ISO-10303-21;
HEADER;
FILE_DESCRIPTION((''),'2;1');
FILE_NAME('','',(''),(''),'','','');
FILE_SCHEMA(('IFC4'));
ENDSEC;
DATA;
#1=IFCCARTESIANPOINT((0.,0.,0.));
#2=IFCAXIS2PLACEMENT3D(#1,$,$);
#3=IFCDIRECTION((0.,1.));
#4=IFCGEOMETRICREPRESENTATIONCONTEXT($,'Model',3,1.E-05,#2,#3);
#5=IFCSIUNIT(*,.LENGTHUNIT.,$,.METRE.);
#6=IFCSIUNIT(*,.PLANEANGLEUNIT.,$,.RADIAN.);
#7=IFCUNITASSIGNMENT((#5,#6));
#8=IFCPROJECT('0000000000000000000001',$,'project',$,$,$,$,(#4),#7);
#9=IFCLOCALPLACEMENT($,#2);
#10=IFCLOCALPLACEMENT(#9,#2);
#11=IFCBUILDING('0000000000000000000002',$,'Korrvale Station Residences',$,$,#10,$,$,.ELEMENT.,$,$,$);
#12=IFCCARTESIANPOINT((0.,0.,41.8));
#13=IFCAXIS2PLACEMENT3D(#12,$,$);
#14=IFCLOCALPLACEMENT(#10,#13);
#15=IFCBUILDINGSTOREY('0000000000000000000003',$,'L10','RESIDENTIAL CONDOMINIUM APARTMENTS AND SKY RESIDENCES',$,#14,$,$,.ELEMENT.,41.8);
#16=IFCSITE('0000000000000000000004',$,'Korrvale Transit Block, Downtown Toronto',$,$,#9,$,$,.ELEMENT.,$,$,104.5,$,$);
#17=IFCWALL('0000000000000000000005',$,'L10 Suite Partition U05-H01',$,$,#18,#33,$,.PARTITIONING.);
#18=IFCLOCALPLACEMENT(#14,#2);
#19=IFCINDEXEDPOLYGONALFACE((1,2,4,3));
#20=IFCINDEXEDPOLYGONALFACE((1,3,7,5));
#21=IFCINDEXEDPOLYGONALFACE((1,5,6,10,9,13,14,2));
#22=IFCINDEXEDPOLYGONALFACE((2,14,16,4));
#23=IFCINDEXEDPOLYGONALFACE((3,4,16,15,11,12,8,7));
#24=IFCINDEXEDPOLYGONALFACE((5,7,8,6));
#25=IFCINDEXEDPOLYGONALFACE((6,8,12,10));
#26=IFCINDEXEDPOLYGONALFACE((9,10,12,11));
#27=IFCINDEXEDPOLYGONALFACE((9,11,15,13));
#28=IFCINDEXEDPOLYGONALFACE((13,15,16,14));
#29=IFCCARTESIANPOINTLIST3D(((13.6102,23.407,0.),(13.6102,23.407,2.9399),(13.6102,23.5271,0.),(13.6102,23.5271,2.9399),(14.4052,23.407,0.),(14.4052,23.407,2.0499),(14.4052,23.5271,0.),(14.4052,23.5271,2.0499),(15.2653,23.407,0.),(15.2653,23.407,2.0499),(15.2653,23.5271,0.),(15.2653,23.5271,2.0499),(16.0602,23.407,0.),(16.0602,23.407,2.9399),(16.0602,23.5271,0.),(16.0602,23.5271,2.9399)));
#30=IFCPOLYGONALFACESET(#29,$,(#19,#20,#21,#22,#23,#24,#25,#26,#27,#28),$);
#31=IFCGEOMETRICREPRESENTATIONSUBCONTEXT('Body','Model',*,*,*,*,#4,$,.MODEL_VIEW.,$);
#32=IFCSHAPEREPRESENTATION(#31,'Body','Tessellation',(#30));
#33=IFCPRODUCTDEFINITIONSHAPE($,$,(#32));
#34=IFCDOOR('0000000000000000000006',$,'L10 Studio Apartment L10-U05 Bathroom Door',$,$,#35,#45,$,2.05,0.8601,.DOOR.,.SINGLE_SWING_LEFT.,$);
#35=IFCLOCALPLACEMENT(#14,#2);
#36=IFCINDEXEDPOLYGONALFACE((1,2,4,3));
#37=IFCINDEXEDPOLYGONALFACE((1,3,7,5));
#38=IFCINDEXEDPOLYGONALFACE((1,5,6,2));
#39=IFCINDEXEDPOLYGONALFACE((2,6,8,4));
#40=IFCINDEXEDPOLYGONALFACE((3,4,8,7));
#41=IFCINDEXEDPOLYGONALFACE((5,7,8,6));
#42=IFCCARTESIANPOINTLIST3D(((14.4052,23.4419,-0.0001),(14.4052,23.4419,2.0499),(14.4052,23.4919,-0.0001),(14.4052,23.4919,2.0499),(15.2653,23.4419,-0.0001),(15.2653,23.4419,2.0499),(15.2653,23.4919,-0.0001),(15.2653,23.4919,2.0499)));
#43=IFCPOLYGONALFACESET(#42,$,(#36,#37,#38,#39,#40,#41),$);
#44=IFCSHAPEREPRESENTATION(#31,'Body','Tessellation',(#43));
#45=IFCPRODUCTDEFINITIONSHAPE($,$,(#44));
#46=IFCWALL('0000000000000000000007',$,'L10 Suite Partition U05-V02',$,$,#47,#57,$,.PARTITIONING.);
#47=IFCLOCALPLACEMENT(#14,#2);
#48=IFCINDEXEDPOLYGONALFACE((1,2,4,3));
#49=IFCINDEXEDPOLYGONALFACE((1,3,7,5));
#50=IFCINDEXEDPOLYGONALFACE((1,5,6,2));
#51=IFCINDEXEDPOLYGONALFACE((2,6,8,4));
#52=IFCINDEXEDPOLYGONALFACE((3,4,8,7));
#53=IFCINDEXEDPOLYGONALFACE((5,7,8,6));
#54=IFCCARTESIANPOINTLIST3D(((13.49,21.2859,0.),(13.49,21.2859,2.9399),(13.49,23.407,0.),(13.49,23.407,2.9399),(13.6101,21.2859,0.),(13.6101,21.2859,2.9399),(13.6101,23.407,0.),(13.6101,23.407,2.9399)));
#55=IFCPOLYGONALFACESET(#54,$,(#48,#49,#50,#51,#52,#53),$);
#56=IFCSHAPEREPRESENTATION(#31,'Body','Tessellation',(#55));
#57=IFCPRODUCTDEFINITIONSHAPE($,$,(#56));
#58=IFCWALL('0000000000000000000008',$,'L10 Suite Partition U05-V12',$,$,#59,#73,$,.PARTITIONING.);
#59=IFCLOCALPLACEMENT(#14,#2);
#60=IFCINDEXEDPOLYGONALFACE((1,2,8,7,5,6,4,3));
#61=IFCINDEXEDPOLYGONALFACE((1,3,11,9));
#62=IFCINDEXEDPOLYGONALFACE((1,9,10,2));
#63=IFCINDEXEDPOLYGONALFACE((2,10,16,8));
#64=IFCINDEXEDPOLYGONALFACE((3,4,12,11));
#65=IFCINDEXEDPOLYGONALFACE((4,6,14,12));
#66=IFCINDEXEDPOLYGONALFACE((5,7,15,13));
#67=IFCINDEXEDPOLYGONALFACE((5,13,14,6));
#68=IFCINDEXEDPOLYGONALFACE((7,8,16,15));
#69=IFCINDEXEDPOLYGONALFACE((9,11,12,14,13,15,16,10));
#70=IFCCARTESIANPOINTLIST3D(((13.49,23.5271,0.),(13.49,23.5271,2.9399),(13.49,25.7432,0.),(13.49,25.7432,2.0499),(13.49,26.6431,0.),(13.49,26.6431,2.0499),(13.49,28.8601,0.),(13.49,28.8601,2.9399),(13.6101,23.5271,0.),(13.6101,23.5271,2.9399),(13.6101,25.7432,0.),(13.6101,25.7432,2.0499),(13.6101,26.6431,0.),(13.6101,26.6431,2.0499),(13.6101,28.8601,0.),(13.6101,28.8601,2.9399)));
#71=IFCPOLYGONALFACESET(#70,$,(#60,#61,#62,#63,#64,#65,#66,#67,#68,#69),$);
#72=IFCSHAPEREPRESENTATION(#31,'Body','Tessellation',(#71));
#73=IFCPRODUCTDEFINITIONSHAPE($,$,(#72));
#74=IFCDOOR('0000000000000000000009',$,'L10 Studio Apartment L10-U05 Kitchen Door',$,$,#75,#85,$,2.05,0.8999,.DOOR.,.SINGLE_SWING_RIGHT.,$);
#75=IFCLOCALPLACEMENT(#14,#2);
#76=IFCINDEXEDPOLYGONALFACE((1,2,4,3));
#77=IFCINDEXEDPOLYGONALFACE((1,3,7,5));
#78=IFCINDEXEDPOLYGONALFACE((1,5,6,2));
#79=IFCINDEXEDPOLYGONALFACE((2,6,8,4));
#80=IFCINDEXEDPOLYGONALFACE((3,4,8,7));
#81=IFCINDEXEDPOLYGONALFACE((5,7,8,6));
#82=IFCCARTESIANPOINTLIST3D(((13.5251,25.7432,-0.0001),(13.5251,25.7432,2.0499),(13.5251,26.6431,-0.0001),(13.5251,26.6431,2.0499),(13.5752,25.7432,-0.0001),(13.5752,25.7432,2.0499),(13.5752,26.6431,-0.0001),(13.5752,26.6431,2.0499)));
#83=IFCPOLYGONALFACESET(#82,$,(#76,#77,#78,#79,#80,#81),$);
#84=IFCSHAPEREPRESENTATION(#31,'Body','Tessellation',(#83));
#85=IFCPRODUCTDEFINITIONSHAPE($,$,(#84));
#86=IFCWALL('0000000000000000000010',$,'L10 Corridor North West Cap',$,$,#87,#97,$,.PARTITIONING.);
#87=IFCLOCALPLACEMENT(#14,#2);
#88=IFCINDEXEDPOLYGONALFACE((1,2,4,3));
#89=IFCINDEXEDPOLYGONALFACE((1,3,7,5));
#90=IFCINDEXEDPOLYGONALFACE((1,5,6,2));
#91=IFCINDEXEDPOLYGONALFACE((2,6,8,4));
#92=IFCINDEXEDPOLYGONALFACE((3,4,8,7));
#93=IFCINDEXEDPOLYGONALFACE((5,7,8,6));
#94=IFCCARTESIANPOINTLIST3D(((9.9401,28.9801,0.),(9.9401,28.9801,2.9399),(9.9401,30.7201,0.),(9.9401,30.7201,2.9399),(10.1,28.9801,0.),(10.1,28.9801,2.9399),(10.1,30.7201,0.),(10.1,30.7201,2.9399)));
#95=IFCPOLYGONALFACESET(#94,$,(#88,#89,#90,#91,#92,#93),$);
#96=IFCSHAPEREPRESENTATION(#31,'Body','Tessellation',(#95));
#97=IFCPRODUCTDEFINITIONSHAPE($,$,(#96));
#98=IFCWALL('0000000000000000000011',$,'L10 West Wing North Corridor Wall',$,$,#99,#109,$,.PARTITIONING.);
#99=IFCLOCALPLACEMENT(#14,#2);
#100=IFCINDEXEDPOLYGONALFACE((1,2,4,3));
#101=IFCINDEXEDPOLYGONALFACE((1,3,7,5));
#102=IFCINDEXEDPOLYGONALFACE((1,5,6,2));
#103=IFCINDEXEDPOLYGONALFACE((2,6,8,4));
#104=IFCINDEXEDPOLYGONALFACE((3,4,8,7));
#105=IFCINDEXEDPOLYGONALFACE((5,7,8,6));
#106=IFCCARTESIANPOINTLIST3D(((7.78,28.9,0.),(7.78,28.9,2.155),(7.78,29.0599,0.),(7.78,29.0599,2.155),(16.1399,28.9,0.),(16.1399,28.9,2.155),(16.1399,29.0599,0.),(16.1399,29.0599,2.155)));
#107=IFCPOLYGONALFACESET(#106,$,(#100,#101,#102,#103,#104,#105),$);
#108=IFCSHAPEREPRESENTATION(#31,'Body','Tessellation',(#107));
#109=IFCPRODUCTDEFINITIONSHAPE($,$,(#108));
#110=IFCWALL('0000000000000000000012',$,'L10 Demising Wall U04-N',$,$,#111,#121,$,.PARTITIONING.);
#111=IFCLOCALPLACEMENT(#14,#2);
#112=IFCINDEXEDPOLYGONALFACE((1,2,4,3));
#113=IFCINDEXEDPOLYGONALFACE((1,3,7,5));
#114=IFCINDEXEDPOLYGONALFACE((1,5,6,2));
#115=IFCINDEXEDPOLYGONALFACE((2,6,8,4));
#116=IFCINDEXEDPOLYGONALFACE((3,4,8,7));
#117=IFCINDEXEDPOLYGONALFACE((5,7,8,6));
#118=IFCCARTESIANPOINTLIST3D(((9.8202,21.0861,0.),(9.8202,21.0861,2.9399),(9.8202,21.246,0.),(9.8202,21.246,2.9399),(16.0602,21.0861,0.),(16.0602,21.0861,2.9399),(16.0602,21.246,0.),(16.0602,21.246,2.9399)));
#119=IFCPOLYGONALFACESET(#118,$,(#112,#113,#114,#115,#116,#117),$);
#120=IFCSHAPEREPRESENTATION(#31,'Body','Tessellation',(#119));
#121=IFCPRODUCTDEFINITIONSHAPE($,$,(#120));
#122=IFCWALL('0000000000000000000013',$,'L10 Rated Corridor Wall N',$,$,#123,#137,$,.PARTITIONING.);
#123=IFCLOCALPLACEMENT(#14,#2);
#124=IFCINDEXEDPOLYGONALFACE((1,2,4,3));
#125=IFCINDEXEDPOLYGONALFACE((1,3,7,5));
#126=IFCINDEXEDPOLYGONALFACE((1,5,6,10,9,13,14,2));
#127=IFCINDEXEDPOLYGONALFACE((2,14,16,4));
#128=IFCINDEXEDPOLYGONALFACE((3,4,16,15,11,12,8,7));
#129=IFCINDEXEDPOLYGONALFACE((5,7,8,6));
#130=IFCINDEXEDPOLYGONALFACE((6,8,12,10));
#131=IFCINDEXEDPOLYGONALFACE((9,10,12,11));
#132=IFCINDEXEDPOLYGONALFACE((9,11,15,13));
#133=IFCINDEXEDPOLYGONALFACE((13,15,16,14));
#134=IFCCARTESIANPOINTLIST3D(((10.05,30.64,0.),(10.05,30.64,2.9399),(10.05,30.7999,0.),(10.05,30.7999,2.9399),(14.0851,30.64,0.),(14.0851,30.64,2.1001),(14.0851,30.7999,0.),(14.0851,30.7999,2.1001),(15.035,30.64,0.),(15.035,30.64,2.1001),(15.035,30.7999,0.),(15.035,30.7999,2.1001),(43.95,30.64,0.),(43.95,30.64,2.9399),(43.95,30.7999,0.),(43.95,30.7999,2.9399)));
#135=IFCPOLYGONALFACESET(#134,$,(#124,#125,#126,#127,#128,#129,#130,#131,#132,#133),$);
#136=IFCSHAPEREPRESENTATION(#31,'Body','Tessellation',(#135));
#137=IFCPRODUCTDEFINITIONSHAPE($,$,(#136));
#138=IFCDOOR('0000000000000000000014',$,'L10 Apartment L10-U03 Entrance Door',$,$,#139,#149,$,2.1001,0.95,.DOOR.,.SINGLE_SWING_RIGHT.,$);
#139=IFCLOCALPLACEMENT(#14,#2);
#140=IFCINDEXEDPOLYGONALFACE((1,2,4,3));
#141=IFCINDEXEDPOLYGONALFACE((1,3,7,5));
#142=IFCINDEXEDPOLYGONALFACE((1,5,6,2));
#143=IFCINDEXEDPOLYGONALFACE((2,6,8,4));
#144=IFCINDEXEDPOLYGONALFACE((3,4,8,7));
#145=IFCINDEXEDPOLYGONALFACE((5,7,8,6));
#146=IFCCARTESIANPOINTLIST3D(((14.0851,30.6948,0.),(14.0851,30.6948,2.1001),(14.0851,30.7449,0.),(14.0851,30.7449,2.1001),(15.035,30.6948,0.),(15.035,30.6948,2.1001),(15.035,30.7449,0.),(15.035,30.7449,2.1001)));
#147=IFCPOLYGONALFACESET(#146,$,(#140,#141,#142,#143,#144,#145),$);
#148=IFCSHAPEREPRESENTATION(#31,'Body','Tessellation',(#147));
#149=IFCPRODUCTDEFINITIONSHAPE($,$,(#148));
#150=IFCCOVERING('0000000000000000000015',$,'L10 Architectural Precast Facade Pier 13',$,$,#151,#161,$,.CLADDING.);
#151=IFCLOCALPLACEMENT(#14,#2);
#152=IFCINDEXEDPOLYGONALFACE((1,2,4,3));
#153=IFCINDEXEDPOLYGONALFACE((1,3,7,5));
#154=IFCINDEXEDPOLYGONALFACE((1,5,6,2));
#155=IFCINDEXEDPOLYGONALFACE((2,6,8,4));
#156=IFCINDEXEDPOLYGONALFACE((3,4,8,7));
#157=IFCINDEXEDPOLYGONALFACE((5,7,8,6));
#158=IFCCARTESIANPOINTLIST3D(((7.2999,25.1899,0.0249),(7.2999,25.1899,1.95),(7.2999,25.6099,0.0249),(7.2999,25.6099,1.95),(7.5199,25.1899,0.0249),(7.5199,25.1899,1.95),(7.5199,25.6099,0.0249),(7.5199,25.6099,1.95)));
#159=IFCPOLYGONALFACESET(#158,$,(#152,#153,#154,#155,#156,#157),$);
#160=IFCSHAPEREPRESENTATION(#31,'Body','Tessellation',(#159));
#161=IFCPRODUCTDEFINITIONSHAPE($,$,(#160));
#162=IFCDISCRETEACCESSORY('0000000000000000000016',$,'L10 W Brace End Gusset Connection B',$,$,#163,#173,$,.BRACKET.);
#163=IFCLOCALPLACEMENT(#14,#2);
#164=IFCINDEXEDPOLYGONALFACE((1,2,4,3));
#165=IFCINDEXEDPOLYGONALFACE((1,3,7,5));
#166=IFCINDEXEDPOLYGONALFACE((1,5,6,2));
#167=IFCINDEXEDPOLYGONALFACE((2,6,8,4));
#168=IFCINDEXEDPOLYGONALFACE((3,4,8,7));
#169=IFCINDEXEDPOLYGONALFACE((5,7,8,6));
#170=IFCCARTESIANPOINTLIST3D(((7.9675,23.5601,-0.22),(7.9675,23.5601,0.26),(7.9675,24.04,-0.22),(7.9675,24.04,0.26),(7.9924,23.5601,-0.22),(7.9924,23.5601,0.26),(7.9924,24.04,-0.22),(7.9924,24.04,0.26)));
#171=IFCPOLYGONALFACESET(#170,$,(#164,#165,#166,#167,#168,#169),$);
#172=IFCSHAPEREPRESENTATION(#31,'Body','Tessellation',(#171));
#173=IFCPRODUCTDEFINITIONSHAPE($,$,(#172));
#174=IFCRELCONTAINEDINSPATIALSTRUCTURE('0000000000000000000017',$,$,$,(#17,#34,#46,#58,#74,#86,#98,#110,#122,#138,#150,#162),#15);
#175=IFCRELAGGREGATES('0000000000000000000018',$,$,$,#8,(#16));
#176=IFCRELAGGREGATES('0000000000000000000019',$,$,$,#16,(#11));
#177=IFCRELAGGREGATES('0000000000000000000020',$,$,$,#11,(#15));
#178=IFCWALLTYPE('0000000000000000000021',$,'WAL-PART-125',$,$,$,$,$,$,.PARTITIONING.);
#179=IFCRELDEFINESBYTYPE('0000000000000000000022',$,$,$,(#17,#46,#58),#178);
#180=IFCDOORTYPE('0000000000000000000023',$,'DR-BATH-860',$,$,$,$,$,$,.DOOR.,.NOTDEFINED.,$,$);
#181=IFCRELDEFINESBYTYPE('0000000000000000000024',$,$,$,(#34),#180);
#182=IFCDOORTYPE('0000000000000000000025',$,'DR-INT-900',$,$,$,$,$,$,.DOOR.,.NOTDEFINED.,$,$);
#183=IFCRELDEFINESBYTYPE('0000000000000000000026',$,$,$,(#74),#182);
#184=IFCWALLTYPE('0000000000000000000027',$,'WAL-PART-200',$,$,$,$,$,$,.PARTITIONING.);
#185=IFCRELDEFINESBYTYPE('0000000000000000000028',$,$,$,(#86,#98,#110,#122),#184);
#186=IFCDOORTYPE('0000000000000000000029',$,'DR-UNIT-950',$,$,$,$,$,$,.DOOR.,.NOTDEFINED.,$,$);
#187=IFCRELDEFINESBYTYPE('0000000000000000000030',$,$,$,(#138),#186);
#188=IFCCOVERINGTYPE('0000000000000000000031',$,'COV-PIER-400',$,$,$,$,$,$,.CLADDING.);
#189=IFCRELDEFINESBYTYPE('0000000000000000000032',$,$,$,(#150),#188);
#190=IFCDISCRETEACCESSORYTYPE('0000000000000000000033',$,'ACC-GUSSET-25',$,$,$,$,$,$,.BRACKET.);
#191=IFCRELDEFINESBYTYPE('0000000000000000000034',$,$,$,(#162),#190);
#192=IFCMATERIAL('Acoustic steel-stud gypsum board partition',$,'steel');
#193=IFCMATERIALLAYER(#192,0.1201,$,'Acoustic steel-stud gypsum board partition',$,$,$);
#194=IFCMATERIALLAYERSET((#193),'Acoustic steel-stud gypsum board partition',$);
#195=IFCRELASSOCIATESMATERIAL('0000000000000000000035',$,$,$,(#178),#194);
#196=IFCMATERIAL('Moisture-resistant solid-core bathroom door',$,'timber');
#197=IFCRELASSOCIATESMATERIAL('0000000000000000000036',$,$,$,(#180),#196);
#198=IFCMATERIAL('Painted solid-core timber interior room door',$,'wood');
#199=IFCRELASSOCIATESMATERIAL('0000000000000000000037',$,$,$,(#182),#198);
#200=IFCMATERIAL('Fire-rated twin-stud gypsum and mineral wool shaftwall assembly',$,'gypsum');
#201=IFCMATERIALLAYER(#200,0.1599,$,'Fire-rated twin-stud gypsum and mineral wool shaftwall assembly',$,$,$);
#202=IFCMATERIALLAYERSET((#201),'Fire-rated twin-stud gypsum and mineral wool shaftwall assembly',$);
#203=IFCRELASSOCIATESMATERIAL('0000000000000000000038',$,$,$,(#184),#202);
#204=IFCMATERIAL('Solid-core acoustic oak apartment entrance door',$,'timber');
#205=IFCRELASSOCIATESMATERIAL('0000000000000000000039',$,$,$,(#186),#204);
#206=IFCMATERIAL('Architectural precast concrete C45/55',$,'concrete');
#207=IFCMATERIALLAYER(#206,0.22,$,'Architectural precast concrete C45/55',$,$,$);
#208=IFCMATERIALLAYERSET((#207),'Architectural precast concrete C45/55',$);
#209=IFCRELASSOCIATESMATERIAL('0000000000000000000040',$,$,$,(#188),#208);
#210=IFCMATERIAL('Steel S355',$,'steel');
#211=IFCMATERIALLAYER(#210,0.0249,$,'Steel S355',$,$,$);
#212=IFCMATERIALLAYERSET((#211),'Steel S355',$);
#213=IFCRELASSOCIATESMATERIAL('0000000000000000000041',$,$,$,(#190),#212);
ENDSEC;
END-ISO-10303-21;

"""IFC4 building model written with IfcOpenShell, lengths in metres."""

from ifc_helpers import new_model, si_unit, direction, frame, frame_2d, origin, origin_2d, place, context, subcontext, project, spatial, rectangle, extrude, material, layer, layer_set, type_object, element, fill, save


model = new_model("IFC4")

# Units and contexts
model_context = context("Model", 3, precision=1e-05, world=origin(), true_north=direction((0.0, 1.0)))
body_context = subcontext(model_context, "Body", "Model", "MODEL_VIEW")
ifc_project = project(units=[si_unit("LENGTHUNIT", "METRE"), si_unit("PLANEANGLEUNIT", "RADIAN")], contexts=[model_context])

# Site, building, storey
site_placement = place(None, origin())
site = spatial("IfcSite", under=ifc_project, at=site_placement, Name="Korrvale Transit Block, Downtown Toronto", CompositionType="ELEMENT", RefElevation=104.5)
building_placement = place(site_placement, origin())
building = spatial("IfcBuilding", under=site, at=building_placement, Name="Korrvale Station Residences", CompositionType="ELEMENT")
storey_placement = place(building_placement, frame((0.0, 0.0, 41.8)))
storey = spatial("IfcBuildingStorey", under=building, at=storey_placement, Name="L10", Description="RESIDENTIAL CONDOMINIUM APARTMENTS AND SKY RESIDENCES", CompositionType="ELEMENT", Elevation=41.8)

# Shared definitions
ifc_material_1 = material(Name="Steel S355", Category="steel")

# Wall, opening, door
ifc_material_2 = material(Name="Acoustic steel-stud gypsum board partition", Category="steel")
ifc_layer_1 = layer(ifc_material_2, 0.1201, Name="Acoustic steel-stud gypsum board partition")
ifc_layer_set_1 = layer_set([ifc_layer_1], Name="Acoustic steel-stud gypsum board partition")
wall_type_1 = type_object("IfcWallType", Name="WAL-PART-125", PredefinedType="PARTITIONING", material=ifc_layer_set_1)
ifc_material_3 = material(Name="Moisture-resistant solid-core bathroom door", Category="timber")
door_type_1 = type_object("IfcDoorType", Name="DR-BATH-860", OperationType="NOTDEFINED", PredefinedType="DOOR", material=ifc_material_3)
ifc_material_4 = material(Name="Painted solid-core timber interior room door", Category="wood")
door_type_2 = type_object("IfcDoorType", Name="DR-INT-900", OperationType="NOTDEFINED", PredefinedType="DOOR", material=ifc_material_4)
wall_1_placement = place(storey_placement, frame((13.6101, 23.467, 0.0), z_axis=(0.0, 0.0, 1.0), x_axis=(1.0, 0.0, 0.0)))
wall_1 = element("IfcWall", 1, at=wall_1_placement, inside=storey, type_object=wall_type_1, Name="L10 Suite Partition U05-H01", PredefinedType="PARTITIONING", context=body_context, shape_type="SweptSolid", body=[
    extrude(rectangle(XDim=2.45, YDim=0.1201, at=frame_2d((1.2251, 0.0))), origin(), (0.0, 0.0, 1.0), 2.9399),
])
opening_1_placement = place(wall_1_placement, frame((0.7949, 0.0, 0.0)))
opening_1 = element("IfcOpeningElement", 2, at=opening_1_placement, cuts=wall_1, PredefinedType="OPENING", context=body_context, shape_type="SweptSolid", body=[
    extrude(rectangle(XDim=0.8601, YDim=2.05, at=frame_2d((0.4302, 1.0249))), frame((0.0, 0.0701, 0.0), z_axis=(0.0, -1.0, 0.0), x_axis=(1.0, 0.0, 0.0)), (0.0, 0.0, 1.0), 0.1401),
])
door_1_placement = place(opening_1_placement, origin())
door_1 = element("IfcDoor", 3, at=door_1_placement, inside=storey, type_object=door_type_1, Name="L10 Studio Apartment L10-U05 Bathroom Door", OperationType="SINGLE_SWING_LEFT", OverallHeight=2.05, OverallWidth=0.8601, PredefinedType="DOOR", context=body_context, shape_type="SweptSolid", body=[
    extrude(rectangle(XDim=0.8601, YDim=2.05, at=frame_2d((0.4302, 1.0249))), frame((0.0, 0.0249, 0.0), z_axis=(0.0, -1.0, 0.0), x_axis=(1.0, 0.0, 0.0)), (0.0, 0.0, 1.0), 0.05),
])
fill(opening_1, door_1)

# Wall
wall_2_placement = place(storey_placement, frame((13.55, 21.2859, 0.0), z_axis=(0.0, 0.0, 1.0), x_axis=(0.0, 1.0, 0.0)))
element("IfcWall", 4, at=wall_2_placement, inside=storey, type_object=wall_type_1, Name="L10 Suite Partition U05-V02", PredefinedType="PARTITIONING", context=body_context, shape_type="SweptSolid", body=[
    extrude(rectangle(XDim=2.1211, YDim=0.1201, at=frame_2d((1.0605, 0.0))), origin(), (0.0, 0.0, 1.0), 2.9399),
])

# Wall, opening, door
wall_3_placement = place(storey_placement, frame((13.55, 23.5271, 0.0), z_axis=(0.0, 0.0, 1.0), x_axis=(0.0, 1.0, 0.0)))
wall_3 = element("IfcWall", 5, at=wall_3_placement, inside=storey, type_object=wall_type_1, Name="L10 Suite Partition U05-V12", PredefinedType="PARTITIONING", context=body_context, shape_type="SweptSolid", body=[
    extrude(rectangle(XDim=5.333, YDim=0.1201, at=frame_2d((2.6665, 0.0))), origin(), (0.0, 0.0, 1.0), 2.9399),
])
opening_2_placement = place(wall_3_placement, frame((2.2161, 0.0, 0.0)))
opening_2 = element("IfcOpeningElement", 6, at=opening_2_placement, cuts=wall_3, PredefinedType="OPENING", context=body_context, shape_type="SweptSolid", body=[
    extrude(rectangle(XDim=0.8999, YDim=2.05, at=frame_2d((0.45, 1.0249))), frame((0.0, 0.0701, 0.0), z_axis=(0.0, -1.0, 0.0), x_axis=(1.0, 0.0, 0.0)), (0.0, 0.0, 1.0), 0.1401),
])
door_2_placement = place(opening_2_placement, origin())
door_2 = element("IfcDoor", 7, at=door_2_placement, inside=storey, type_object=door_type_2, Name="L10 Studio Apartment L10-U05 Kitchen Door", OperationType="SINGLE_SWING_RIGHT", OverallHeight=2.05, OverallWidth=0.8999, PredefinedType="DOOR", context=body_context, shape_type="SweptSolid", body=[
    extrude(rectangle(XDim=0.8999, YDim=2.05, at=frame_2d((0.45, 1.0249))), frame((0.0, 0.0249, 0.0), z_axis=(0.0, -1.0, 0.0), x_axis=(1.0, 0.0, 0.0)), (0.0, 0.0, 1.0), 0.05),
])
fill(opening_2, door_2)

# Walls
ifc_material_5 = material(Name="Fire-rated twin-stud gypsum and mineral wool shaftwall assembly", Category="gypsum")
ifc_layer_2 = layer(ifc_material_5, 0.1599, Name="Fire-rated twin-stud gypsum and mineral wool shaftwall assembly")
ifc_layer_set_2 = layer_set([ifc_layer_2], Name="Fire-rated twin-stud gypsum and mineral wool shaftwall assembly")
wall_type_2 = type_object("IfcWallType", Name="WAL-PART-200", PredefinedType="PARTITIONING", material=ifc_layer_set_2)
wall_4_placement = place(storey_placement, frame((10.02, 28.98, 0.0), z_axis=(0.0, 0.0, 1.0), x_axis=(0.0, 1.0, 0.0)))
element("IfcWall", 8, at=wall_4_placement, inside=storey, type_object=wall_type_2, Name="L10 Corridor North West Cap", PredefinedType="PARTITIONING", context=body_context, shape_type="SweptSolid", body=[
    extrude(rectangle(XDim=1.74, YDim=0.1599, at=frame_2d((0.8701, 0.0))), origin(), (0.0, 0.0, 1.0), 2.9399),
])
wall_5_placement = place(storey_placement, frame((7.78, 28.98, 0.0), z_axis=(0.0, 0.0, 1.0), x_axis=(1.0, 0.0, 0.0)))
element("IfcWall", 9, at=wall_5_placement, inside=storey, type_object=wall_type_2, Name="L10 West Wing North Corridor Wall", PredefinedType="PARTITIONING", context=body_context, shape_type="SweptSolid", body=[
    extrude(rectangle(XDim=8.3599, YDim=0.1599, at=frame_2d((4.1799, 0.0))), origin(), (0.0, 0.0, 1.0), 2.155),
])
wall_6_placement = place(storey_placement, frame((9.8201, 21.166, 0.0), z_axis=(0.0, 0.0, 1.0), x_axis=(1.0, 0.0, 0.0)))
element("IfcWall", 10, at=wall_6_placement, inside=storey, type_object=wall_type_2, Name="L10 Demising Wall U04-N", PredefinedType="PARTITIONING", context=body_context, shape_type="SweptSolid", body=[
    extrude(rectangle(XDim=6.24, YDim=0.1599, at=frame_2d((3.1201, 0.0))), origin(), (0.0, 0.0, 1.0), 2.9399),
])

# Wall, opening, door
wall_7_placement = place(storey_placement, frame((10.05, 30.72, 0.0), z_axis=(0.0, 0.0, 1.0), x_axis=(1.0, 0.0, 0.0)))
wall_7 = element("IfcWall", 11, at=wall_7_placement, inside=storey, type_object=wall_type_2, Name="L10 Rated Corridor Wall N", PredefinedType="PARTITIONING", context=body_context, shape_type="SweptSolid", body=[
    extrude(rectangle(XDim=33.8999, YDim=0.1599, at=frame_2d((16.95, 0.0))), origin(), (0.0, 0.0, 1.0), 2.9399),
])
opening_3_placement = place(wall_7_placement, frame((4.0349, 0.0, 0.0)))
opening_3 = element("IfcOpeningElement", 12, at=opening_3_placement, cuts=wall_7, PredefinedType="OPENING", context=body_context, shape_type="SweptSolid", body=[
    extrude(rectangle(XDim=0.95, YDim=2.1001, at=frame_2d((0.4751, 1.05))), frame((0.0, 0.0898, 0.0), z_axis=(0.0, -1.0, 0.0), x_axis=(1.0, 0.0, 0.0)), (0.0, 0.0, 1.0), 0.1799),
])
ifc_material_6 = material(Name="Solid-core acoustic oak apartment entrance door", Category="timber")
door_type_3 = type_object("IfcDoorType", Name="DR-UNIT-950", OperationType="NOTDEFINED", PredefinedType="DOOR", material=ifc_material_6)
door_3_placement = place(opening_3_placement, origin())
door_3 = element("IfcDoor", 13, at=door_3_placement, inside=storey, type_object=door_type_3, Name="L10 Apartment L10-U03 Entrance Door", OperationType="SINGLE_SWING_RIGHT", OverallHeight=2.1001, OverallWidth=0.95, PredefinedType="DOOR", context=body_context, shape_type="SweptSolid", body=[
    extrude(rectangle(XDim=0.95, YDim=2.1001, at=frame_2d((0.4751, 1.05))), frame((0.0, 0.0249, 0.0), z_axis=(0.0, -1.0, 0.0), x_axis=(1.0, 0.0, 0.0)), (0.0, 0.0, 1.0), 0.05),
])
fill(opening_3, door_3)

# Covering
ifc_material_7 = material(Name="Architectural precast concrete C45/55", Category="concrete")
ifc_layer_3 = layer(ifc_material_7, 0.22, Name="Architectural precast concrete C45/55")
ifc_layer_set_3 = layer_set([ifc_layer_3], Name="Architectural precast concrete C45/55")
covering_type = type_object("IfcCoveringType", Name="COV-PIER-400", PredefinedType="CLADDING", material=ifc_layer_set_3)
covering_placement = place(storey_placement, frame((7.4099, 25.3999, 0.0249), z_axis=(0.0, 0.0, 1.0), x_axis=(0.0, 1.0, 0.0)))
element("IfcCovering", 14, at=covering_placement, inside=storey, type_object=covering_type, Name="L10 Architectural Precast Facade Pier 13", PredefinedType="CLADDING", context=body_context, shape_type="SweptSolid", body=[
    extrude(rectangle(XDim=0.4199, YDim=0.22, at=origin_2d()), origin(), (0.0, 0.0, 1.0), 1.925),
])

# Discrete accessory
ifc_layer_4 = layer(ifc_material_1, 0.0249, Name="Steel S355")
ifc_layer_set_4 = layer_set([ifc_layer_4], Name="Steel S355")
discrete_accessory_type = type_object("IfcDiscreteAccessoryType", Name="ACC-GUSSET-25", PredefinedType="BRACKET", material=ifc_layer_set_4)
for number, where, z_axis, x_axis, name in (
    (15, (7.98, 23.8, -0.22), (0.0, 0.0, 1.0), (0.0, 1.0, 0.0), "L10 W Brace End Gusset Connection B"),
):
    element("IfcDiscreteAccessory", number, at=place(storey_placement, frame(where, z_axis=z_axis, x_axis=x_axis)), inside=storey, type_object=discrete_accessory_type, Name=name, PredefinedType="BRACKET", context=body_context, shape_type="SweptSolid", body=[
        extrude(rectangle(XDim=0.48, YDim=0.0249, at=origin_2d()), origin(), (0.0, 0.0, 1.0), 0.48),
    ])

save(model, "model.ifc")
